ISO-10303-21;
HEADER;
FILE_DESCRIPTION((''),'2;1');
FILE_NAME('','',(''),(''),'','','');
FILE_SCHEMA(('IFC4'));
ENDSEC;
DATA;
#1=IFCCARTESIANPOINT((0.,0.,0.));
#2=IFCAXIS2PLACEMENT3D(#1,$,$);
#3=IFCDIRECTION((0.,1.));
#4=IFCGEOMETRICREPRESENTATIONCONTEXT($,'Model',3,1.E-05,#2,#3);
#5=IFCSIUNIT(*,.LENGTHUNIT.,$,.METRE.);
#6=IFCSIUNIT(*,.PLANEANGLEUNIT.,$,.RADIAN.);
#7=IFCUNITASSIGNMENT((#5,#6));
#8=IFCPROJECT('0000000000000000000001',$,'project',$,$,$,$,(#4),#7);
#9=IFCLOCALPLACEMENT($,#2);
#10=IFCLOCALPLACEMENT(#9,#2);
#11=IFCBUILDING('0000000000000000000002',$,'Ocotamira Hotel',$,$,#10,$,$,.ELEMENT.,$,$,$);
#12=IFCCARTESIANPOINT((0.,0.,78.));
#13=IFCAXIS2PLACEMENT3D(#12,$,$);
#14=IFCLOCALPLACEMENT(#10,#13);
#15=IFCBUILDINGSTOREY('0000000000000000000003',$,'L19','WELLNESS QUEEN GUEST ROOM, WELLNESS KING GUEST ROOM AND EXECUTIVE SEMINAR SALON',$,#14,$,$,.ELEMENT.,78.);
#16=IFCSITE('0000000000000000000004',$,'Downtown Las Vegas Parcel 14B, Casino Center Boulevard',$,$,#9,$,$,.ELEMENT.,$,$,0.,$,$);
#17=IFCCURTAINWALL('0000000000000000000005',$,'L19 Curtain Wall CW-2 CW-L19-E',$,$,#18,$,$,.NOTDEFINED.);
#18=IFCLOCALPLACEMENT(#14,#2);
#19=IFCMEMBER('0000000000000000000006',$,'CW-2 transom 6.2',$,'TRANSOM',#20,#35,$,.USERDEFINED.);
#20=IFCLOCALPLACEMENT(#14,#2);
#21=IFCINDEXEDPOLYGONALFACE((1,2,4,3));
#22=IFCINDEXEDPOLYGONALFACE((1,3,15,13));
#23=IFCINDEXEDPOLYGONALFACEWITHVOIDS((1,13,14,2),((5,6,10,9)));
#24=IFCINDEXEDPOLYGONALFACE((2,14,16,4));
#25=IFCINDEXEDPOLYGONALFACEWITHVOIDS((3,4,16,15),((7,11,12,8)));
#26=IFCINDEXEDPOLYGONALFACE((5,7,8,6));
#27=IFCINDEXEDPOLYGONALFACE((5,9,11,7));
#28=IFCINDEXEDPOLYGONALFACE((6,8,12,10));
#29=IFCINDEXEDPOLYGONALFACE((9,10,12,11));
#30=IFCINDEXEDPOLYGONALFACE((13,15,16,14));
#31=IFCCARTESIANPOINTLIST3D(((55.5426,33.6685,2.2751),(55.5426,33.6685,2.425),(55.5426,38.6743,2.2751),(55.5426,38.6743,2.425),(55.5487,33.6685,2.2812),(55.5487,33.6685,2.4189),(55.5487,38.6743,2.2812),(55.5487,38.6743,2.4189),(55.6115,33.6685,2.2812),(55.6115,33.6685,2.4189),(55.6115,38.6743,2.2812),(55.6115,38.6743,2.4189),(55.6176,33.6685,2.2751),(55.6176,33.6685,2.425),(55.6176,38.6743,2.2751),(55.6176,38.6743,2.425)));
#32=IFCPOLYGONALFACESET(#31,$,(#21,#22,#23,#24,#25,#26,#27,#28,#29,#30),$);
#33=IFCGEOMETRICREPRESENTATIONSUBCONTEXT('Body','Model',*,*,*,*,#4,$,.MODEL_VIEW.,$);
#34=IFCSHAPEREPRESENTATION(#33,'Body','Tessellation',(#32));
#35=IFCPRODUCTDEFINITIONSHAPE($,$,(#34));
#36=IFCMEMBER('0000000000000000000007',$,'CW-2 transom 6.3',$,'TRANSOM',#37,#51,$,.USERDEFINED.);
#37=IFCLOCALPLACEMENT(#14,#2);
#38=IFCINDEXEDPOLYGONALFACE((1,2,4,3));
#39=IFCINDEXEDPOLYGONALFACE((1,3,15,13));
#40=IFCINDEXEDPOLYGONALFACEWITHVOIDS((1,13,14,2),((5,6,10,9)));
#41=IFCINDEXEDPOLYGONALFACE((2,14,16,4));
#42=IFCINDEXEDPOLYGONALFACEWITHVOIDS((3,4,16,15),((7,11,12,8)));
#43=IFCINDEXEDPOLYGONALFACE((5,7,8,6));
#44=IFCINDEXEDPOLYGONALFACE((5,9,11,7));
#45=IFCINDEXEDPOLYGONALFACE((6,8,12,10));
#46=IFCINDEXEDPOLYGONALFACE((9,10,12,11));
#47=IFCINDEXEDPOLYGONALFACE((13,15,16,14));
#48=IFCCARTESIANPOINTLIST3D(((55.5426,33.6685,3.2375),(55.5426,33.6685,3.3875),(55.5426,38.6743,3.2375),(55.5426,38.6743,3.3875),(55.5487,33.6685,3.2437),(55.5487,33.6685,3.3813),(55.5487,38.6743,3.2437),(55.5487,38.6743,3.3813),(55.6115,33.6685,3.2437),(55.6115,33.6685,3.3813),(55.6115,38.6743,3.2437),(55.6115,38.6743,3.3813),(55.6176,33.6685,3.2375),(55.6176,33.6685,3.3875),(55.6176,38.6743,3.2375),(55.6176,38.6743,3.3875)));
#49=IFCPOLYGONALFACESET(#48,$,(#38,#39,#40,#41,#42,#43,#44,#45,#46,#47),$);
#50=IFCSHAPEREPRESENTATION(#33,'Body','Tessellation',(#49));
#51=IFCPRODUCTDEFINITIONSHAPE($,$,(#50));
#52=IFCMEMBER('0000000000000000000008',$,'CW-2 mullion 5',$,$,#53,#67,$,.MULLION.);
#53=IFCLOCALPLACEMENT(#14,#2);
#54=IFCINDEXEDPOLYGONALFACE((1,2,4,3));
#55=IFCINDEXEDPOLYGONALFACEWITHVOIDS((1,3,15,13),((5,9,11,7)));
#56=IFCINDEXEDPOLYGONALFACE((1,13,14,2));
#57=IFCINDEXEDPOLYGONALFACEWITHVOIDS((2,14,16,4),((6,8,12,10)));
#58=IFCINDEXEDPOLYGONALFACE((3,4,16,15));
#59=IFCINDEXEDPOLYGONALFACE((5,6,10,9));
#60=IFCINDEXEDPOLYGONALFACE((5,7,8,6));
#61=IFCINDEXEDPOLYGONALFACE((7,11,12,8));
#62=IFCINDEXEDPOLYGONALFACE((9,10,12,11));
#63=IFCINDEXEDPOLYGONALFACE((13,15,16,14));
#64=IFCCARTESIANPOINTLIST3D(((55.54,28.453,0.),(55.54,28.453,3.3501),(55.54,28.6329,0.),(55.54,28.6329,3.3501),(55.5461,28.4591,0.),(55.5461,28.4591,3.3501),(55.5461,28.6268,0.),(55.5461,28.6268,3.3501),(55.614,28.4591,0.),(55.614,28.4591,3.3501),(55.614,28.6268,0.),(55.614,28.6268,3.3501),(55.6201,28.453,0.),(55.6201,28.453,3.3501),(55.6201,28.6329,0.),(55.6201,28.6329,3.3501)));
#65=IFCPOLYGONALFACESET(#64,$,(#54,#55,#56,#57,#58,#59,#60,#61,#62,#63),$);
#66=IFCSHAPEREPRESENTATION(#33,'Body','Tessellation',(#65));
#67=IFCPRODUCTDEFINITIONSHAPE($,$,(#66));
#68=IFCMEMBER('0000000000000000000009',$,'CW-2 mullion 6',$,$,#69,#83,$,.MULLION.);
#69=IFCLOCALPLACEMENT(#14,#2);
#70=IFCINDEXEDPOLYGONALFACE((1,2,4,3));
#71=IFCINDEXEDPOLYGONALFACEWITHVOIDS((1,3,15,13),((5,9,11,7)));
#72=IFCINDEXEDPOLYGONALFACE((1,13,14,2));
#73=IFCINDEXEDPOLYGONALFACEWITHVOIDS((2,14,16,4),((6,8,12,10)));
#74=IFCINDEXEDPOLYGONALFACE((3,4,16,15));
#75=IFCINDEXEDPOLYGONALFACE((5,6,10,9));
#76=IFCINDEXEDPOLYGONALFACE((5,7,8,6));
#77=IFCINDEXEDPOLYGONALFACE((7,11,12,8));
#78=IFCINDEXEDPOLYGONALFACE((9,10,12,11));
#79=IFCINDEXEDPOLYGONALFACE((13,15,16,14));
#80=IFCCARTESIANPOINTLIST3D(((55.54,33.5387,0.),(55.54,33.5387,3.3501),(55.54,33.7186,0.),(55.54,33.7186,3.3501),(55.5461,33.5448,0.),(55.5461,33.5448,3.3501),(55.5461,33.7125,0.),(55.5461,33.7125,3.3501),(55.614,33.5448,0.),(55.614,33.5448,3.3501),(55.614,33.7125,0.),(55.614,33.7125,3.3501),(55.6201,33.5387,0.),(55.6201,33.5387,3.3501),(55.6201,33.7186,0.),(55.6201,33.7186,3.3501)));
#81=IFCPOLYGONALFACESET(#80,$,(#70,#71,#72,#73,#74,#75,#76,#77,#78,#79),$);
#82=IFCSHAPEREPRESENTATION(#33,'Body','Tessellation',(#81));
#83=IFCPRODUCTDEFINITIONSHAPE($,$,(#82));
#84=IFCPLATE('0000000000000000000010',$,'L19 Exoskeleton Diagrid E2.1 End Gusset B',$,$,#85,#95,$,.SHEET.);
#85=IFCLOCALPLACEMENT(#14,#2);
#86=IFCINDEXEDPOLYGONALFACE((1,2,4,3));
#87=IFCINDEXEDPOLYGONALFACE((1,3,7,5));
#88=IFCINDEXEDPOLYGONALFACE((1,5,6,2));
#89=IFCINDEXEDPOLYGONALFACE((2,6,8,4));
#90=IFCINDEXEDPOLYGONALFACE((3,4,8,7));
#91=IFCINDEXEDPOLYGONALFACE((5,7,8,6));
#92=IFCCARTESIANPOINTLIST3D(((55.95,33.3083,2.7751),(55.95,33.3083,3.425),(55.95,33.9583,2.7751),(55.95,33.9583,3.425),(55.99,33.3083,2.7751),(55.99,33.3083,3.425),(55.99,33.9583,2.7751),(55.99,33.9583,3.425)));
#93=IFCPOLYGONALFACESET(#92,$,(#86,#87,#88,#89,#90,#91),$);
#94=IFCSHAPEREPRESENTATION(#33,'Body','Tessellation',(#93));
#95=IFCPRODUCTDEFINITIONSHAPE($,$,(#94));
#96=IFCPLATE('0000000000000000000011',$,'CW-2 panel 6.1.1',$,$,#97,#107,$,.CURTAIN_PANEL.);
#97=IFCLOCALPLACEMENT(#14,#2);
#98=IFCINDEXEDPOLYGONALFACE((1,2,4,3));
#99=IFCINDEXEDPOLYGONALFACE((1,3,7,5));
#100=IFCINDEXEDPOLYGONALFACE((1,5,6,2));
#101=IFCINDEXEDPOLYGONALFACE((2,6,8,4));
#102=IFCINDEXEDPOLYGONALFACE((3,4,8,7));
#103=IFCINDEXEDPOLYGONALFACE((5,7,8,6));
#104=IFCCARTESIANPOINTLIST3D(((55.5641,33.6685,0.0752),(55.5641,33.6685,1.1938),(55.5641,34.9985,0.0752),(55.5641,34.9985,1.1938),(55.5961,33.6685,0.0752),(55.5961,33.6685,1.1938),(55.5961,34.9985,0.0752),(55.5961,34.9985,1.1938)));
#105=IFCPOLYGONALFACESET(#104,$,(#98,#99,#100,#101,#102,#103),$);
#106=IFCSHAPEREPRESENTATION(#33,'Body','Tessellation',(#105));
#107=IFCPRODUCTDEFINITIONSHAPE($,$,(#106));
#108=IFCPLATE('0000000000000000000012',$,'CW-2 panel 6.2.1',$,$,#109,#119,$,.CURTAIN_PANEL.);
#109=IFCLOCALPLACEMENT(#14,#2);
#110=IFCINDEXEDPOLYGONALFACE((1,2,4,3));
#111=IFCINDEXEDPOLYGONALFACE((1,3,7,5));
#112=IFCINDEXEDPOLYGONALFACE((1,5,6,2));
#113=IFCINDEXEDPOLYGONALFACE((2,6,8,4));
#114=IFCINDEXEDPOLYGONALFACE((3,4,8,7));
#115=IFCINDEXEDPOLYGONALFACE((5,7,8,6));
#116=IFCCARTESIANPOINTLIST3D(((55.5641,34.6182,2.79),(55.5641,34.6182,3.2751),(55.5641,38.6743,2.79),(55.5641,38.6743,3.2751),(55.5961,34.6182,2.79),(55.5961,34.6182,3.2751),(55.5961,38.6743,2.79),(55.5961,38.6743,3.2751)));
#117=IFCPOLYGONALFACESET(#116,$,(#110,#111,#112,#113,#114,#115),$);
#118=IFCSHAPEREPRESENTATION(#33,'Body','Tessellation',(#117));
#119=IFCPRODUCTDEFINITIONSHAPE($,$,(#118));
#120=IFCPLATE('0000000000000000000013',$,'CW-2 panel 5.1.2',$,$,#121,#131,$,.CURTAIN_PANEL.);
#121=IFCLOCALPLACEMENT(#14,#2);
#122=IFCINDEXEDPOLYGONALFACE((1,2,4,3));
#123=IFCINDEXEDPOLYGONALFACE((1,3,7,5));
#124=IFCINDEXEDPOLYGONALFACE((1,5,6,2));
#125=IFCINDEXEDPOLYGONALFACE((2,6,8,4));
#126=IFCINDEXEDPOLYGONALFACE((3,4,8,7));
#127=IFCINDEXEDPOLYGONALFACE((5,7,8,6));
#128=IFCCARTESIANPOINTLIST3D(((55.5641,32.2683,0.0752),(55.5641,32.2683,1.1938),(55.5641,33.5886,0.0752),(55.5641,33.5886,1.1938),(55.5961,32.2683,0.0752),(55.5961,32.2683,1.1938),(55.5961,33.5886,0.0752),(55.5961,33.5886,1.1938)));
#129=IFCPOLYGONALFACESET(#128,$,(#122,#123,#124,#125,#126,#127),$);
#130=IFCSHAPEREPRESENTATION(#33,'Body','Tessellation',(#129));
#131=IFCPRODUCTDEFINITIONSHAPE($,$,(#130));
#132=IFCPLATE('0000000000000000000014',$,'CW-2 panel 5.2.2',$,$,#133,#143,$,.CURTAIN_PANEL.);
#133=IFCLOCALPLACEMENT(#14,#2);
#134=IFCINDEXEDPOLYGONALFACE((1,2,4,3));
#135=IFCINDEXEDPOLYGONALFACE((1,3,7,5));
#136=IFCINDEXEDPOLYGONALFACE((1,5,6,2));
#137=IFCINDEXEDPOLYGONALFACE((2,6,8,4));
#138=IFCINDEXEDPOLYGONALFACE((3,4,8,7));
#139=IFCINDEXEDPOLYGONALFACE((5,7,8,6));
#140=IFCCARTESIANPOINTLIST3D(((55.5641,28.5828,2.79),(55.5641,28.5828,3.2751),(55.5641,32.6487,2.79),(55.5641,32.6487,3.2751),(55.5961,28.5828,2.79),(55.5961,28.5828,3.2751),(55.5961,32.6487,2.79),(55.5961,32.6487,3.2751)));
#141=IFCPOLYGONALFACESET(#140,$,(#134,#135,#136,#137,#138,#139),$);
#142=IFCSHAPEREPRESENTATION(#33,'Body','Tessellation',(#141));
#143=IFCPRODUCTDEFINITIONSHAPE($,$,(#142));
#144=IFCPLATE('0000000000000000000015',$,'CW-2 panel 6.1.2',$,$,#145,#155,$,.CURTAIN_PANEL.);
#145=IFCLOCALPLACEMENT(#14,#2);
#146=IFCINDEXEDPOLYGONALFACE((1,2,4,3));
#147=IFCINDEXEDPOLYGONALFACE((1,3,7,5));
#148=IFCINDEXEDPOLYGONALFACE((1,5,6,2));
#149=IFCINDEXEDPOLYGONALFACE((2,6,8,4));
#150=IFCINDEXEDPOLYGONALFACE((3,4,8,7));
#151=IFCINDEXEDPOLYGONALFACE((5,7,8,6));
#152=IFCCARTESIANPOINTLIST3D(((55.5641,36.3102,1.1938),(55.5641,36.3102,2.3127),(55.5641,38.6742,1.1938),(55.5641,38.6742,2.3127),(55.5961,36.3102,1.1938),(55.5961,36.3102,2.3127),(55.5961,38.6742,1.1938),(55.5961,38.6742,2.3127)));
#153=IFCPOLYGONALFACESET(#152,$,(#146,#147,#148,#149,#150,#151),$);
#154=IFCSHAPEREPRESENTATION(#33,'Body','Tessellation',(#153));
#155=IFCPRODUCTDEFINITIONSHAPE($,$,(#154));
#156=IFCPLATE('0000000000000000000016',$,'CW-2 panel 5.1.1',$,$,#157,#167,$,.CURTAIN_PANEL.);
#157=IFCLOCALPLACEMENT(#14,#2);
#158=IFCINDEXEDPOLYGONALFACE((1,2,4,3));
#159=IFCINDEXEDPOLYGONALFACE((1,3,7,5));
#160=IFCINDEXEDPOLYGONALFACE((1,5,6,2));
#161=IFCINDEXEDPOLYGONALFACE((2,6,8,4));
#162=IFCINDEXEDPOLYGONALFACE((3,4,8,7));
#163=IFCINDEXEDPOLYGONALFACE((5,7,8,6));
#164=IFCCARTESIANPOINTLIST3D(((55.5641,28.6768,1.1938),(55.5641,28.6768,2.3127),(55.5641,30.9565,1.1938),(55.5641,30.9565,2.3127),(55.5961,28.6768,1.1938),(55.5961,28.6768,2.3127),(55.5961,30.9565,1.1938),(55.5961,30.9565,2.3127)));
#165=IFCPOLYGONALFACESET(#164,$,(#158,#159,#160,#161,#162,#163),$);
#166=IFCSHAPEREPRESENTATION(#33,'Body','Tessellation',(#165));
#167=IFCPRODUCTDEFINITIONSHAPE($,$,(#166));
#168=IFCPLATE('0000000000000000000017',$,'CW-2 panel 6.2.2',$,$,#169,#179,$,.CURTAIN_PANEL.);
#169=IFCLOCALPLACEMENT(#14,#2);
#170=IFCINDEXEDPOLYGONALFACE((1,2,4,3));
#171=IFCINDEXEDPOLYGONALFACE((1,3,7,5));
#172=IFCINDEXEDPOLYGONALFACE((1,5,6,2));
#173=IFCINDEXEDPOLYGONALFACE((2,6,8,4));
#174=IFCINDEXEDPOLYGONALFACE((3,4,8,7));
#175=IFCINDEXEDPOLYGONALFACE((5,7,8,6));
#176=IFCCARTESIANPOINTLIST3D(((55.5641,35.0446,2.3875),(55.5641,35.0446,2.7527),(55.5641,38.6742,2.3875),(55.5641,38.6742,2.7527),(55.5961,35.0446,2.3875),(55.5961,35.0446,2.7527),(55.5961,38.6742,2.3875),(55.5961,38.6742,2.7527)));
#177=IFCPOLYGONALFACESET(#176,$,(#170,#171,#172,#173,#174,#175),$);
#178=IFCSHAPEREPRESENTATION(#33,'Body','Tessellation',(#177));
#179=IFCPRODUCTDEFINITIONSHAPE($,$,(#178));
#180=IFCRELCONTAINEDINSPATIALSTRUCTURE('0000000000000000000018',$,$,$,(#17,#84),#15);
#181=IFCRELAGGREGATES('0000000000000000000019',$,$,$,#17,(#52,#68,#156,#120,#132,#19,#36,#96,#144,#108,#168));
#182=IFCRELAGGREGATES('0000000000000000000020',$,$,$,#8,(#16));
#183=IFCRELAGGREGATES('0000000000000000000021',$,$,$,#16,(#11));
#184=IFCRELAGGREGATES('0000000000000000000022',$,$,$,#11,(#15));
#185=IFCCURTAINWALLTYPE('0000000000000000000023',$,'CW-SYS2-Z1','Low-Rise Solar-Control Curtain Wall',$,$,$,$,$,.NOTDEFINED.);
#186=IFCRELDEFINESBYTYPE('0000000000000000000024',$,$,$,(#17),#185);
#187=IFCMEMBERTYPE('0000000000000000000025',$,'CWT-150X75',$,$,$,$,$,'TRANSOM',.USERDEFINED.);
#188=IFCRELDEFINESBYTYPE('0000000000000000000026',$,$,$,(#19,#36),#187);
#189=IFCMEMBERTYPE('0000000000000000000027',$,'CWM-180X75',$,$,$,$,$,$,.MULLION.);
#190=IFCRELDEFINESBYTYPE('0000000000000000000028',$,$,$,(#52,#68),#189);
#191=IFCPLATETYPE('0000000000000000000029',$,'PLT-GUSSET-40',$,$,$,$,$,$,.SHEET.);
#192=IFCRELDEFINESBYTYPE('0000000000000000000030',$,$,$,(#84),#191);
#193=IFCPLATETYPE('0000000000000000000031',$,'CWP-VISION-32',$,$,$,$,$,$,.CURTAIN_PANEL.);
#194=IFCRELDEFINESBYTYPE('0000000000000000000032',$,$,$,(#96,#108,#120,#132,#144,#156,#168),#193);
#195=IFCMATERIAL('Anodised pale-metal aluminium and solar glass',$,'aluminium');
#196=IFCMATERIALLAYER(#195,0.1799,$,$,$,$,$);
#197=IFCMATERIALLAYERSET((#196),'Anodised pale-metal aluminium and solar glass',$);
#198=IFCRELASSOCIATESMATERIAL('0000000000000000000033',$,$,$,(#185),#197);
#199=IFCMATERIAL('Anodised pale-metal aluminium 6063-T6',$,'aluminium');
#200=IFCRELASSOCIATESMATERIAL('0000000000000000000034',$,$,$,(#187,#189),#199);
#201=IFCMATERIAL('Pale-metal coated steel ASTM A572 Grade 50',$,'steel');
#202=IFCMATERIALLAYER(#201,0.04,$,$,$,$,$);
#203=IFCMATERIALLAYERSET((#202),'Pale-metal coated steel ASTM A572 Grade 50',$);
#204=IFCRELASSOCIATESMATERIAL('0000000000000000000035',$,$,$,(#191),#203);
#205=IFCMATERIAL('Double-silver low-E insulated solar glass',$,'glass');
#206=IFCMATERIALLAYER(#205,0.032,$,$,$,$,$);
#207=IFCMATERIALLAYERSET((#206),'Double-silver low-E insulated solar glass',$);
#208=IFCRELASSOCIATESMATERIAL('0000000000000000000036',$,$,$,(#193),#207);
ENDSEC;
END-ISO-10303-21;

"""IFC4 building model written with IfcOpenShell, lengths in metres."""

from ifc_helpers import new_model, si_unit, direction, frame, origin, origin_2d, place, context, subcontext, project, spatial, rectangle, hollow_rectangle, extrude, source, transform, mapped, material, layer, layer_set, material_profile, profile_set, type_object, element, aggregate, save


model = new_model("IFC4")

# Units and contexts
model_context = context("Model", 3, precision=1e-05, world=origin(), true_north=direction((0.0, 1.0)))
body_context = subcontext(model_context, "Body", "Model", "MODEL_VIEW")
ifc_project = project(units=[si_unit("LENGTHUNIT", "METRE"), si_unit("PLANEANGLEUNIT", "RADIAN")], contexts=[model_context])

# Site, building, storey
site_placement = place(None, origin())
site = spatial("IfcSite", under=ifc_project, at=site_placement, Name="Downtown Las Vegas Parcel 14B, Casino Center Boulevard", CompositionType="ELEMENT", RefElevation=0.0)
building_placement = place(site_placement, origin())
building = spatial("IfcBuilding", under=site, at=building_placement, Name="Ocotamira Hotel", CompositionType="ELEMENT")
storey_placement = place(building_placement, frame((0.0, 0.0, 78.0)))
storey = spatial("IfcBuildingStorey", under=building, at=storey_placement, Name="L19", Description="WELLNESS QUEEN GUEST ROOM, WELLNESS KING GUEST ROOM AND EXECUTIVE SEMINAR SALON", CompositionType="ELEMENT", Elevation=78.0)

# Curtain wall, members
ifc_material_1 = material(Name="Anodised pale-metal aluminium and solar glass", Category="aluminium")
ifc_layer_1 = layer(ifc_material_1, 0.1799)
ifc_layer_set_1 = layer_set([ifc_layer_1], Name="Anodised pale-metal aluminium and solar glass")
curtain_wall_type = type_object("IfcCurtainWallType", Name="CW-SYS2-Z1", Description="Low-Rise Solar-Control Curtain Wall", PredefinedType="NOTDEFINED", material=ifc_layer_set_1)
curtain_wall_placement = place(storey_placement, origin())
curtain_wall = element("IfcCurtainWall", 1, at=curtain_wall_placement, inside=storey, type_object=curtain_wall_type, Name="L19 Curtain Wall CW-2 CW-L19-E", PredefinedType="NOTDEFINED")
ifc_material_2 = material(Name="Anodised pale-metal aluminium 6063-T6", Category="aluminium")
ifc_material_profile_1 = material_profile(ifc_material_2, hollow_rectangle(XDim=0.075, YDim=0.1499, WallThickness=0.0061, at=origin_2d()), Name="HSS150X75X6")
ifc_profile_set_1 = profile_set([ifc_material_profile_1], Name="Anodised pale-metal aluminium 6063-T6")
member_type_1 = type_object("IfcMemberType", Name="CWT-150X75", ElementType="TRANSOM", PredefinedType="USERDEFINED", material=ifc_profile_set_1)
shared_shape_1 = source(origin(), body_context, "Body", "SweptSolid", [
    extrude(hollow_rectangle(XDim=0.075, YDim=0.1499, WallThickness=0.0061, at=origin_2d()), origin(), (0.0, 0.0, 1.0), 5.0059),
])
member_1_placement = place(storey_placement, frame((55.5801, 33.6685, 2.3501), z_axis=(0.0, 1.0, 0.0), x_axis=(-1.0, 0.0, 0.0)))
member_1 = element("IfcMember", 2, at=member_1_placement, type_object=member_type_1, Name="CW-2 transom 6.2", ObjectType="TRANSOM", PredefinedType="USERDEFINED", context=body_context, shape_type="MappedRepresentation", body=[
    mapped(shared_shape_1, transform((0.0, 0.0, 0.0), scale=1.0)),
])
member_2_placement = place(storey_placement, frame((55.5801, 33.6685, 3.3125), z_axis=(0.0, 1.0, 0.0), x_axis=(-1.0, 0.0, 0.0)))
member_2 = element("IfcMember", 3, at=member_2_placement, type_object=member_type_1, Name="CW-2 transom 6.3", ObjectType="TRANSOM", PredefinedType="USERDEFINED", context=body_context, shape_type="MappedRepresentation", body=[
    mapped(shared_shape_1, transform((0.0, 0.0, 0.0), scale=1.0)),
])
ifc_material_profile_2 = material_profile(ifc_material_2, hollow_rectangle(XDim=0.0801, YDim=0.1799, WallThickness=0.0061, at=origin_2d()), Name="HSS180X80X6")
ifc_profile_set_2 = profile_set([ifc_material_profile_2], Name="Anodised pale-metal aluminium 6063-T6")
member_type_2 = type_object("IfcMemberType", Name="CWM-180X75", PredefinedType="MULLION", material=ifc_profile_set_2)
shared_shape_2 = source(origin(), body_context, "Body", "SweptSolid", [
    extrude(hollow_rectangle(XDim=0.0801, YDim=0.1799, WallThickness=0.0061, at=origin_2d()), origin(), (0.0, 0.0, 1.0), 3.3501),
])
member_3_placement = place(storey_placement, frame((55.5801, 28.543, 0.0), z_axis=(0.0, 0.0, 1.0), x_axis=(-1.0, 0.0, 0.0)))
member_3 = element("IfcMember", 4, at=member_3_placement, type_object=member_type_2, Name="CW-2 mullion 5", PredefinedType="MULLION", context=body_context, shape_type="MappedRepresentation", body=[
    mapped(shared_shape_2, transform((0.0, 0.0, 0.0), scale=1.0)),
])
member_4_placement = place(storey_placement, frame((55.5801, 33.6287, 0.0), z_axis=(0.0, 0.0, 1.0), x_axis=(-1.0, 0.0, 0.0)))
member_4 = element("IfcMember", 5, at=member_4_placement, type_object=member_type_2, Name="CW-2 mullion 6", PredefinedType="MULLION", context=body_context, shape_type="MappedRepresentation", body=[
    mapped(shared_shape_2, transform((0.0, 0.0, 0.0), scale=1.0)),
])

# Plates
ifc_material_3 = material(Name="Pale-metal coated steel ASTM A572 Grade 50", Category="steel")
ifc_layer_2 = layer(ifc_material_3, 0.04)
ifc_layer_set_2 = layer_set([ifc_layer_2], Name="Pale-metal coated steel ASTM A572 Grade 50")
plate_type_1 = type_object("IfcPlateType", Name="PLT-GUSSET-40", PredefinedType="SHEET", material=ifc_layer_set_2)
shared_shape_3 = source(origin(), body_context, "Body", "SweptSolid", [
    extrude(rectangle(XDim=0.04, YDim=0.6499, at=origin_2d()), origin(), (0.0, 0.0, 1.0), 0.6499),
])
plate_1_placement = place(storey_placement, frame((55.97, 33.6333, 2.7751), z_axis=(0.0, 0.0, 1.0), x_axis=(1.0, 0.0, 0.0)))
element("IfcPlate", 6, at=plate_1_placement, inside=storey, type_object=plate_type_1, Name="L19 Exoskeleton Diagrid E2.1 End Gusset B", PredefinedType="SHEET", context=body_context, shape_type="MappedRepresentation", body=[
    mapped(shared_shape_3, transform((0.0, 0.0, 0.0), scale=1.0)),
])
ifc_material_4 = material(Name="Double-silver low-E insulated solar glass", Category="glass")
ifc_layer_3 = layer(ifc_material_4, 0.032)
ifc_layer_set_3 = layer_set([ifc_layer_3], Name="Double-silver low-E insulated solar glass")
plate_type_2 = type_object("IfcPlateType", Name="CWP-VISION-32", PredefinedType="CURTAIN_PANEL", material=ifc_layer_set_3)
shared_shape_4 = source(origin(), body_context, "Body", "SweptSolid", [
    extrude(rectangle(XDim=1.3301, YDim=0.032, at=origin_2d()), origin(), (0.0, 0.0, 1.0), 1.1187),
])
plate_2_placement = place(storey_placement, frame((55.5801, 34.3335, 0.0752), z_axis=(0.0, 0.0, 1.0), x_axis=(0.0, 1.0, 0.0)))
plate_2 = element("IfcPlate", 7, at=plate_2_placement, type_object=plate_type_2, Name="CW-2 panel 6.1.1", PredefinedType="CURTAIN_PANEL", context=body_context, shape_type="MappedRepresentation", body=[
    mapped(shared_shape_4, transform((0.0, 0.0, 0.0), scale=1.0)),
])
shared_shape_5 = source(origin(), body_context, "Body", "SweptSolid", [
    extrude(rectangle(XDim=4.0562, YDim=0.032, at=origin_2d()), origin(), (0.0, 0.0, 1.0), 0.4851),
])
plate_3_placement = place(storey_placement, frame((55.5801, 36.6462, 2.79), z_axis=(0.0, 0.0, 1.0), x_axis=(0.0, 1.0, 0.0)))
plate_3 = element("IfcPlate", 8, at=plate_3_placement, type_object=plate_type_2, Name="CW-2 panel 6.2.1", PredefinedType="CURTAIN_PANEL", context=body_context, shape_type="MappedRepresentation", body=[
    mapped(shared_shape_5, transform((0.0, 0.0, 0.0), scale=1.0)),
])
shared_shape_6 = source(origin(), body_context, "Body", "SweptSolid", [
    extrude(rectangle(XDim=1.3203, YDim=0.032, at=origin_2d()), origin(), (0.0, 0.0, 1.0), 1.1187),
])
plate_4_placement = place(storey_placement, frame((55.5801, 32.9285, 0.0752), z_axis=(0.0, 0.0, 1.0), x_axis=(0.0, 1.0, 0.0)))
plate_4 = element("IfcPlate", 9, at=plate_4_placement, type_object=plate_type_2, Name="CW-2 panel 5.1.2", PredefinedType="CURTAIN_PANEL", context=body_context, shape_type="MappedRepresentation", body=[
    mapped(shared_shape_6, transform((0.0, 0.0, 0.0), scale=1.0)),
])
shared_shape_7 = source(origin(), body_context, "Body", "SweptSolid", [
    extrude(rectangle(XDim=4.0659, YDim=0.032, at=origin_2d()), origin(), (0.0, 0.0, 1.0), 0.4851),
])
plate_5_placement = place(storey_placement, frame((55.5801, 30.6157, 2.79), z_axis=(0.0, 0.0, 1.0), x_axis=(0.0, 1.0, 0.0)))
plate_5 = element("IfcPlate", 10, at=plate_5_placement, type_object=plate_type_2, Name="CW-2 panel 5.2.2", PredefinedType="CURTAIN_PANEL", context=body_context, shape_type="MappedRepresentation", body=[
    mapped(shared_shape_7, transform((0.0, 0.0, 0.0), scale=1.0)),
])
shared_shape_8 = source(origin(), body_context, "Body", "SweptSolid", [
    extrude(rectangle(XDim=2.364, YDim=0.032, at=origin_2d()), origin(), (0.0, 0.0, 1.0), 1.1189),
])
plate_6_placement = place(storey_placement, frame((55.5801, 37.4922, 1.1938), z_axis=(0.0, 0.0, 1.0), x_axis=(0.0, 1.0, 0.0)))
plate_6 = element("IfcPlate", 11, at=plate_6_placement, type_object=plate_type_2, Name="CW-2 panel 6.1.2", PredefinedType="CURTAIN_PANEL", context=body_context, shape_type="MappedRepresentation", body=[
    mapped(shared_shape_8, transform((0.0, 0.0, 0.0), scale=1.0)),
])
shared_shape_9 = source(origin(), body_context, "Body", "SweptSolid", [
    extrude(rectangle(XDim=2.2798, YDim=0.032, at=origin_2d()), origin(), (0.0, 0.0, 1.0), 1.1189),
])
plate_7_placement = place(storey_placement, frame((55.5801, 29.8167, 1.1938), z_axis=(0.0, 0.0, 1.0), x_axis=(0.0, 1.0, 0.0)))
plate_7 = element("IfcPlate", 12, at=plate_7_placement, type_object=plate_type_2, Name="CW-2 panel 5.1.1", PredefinedType="CURTAIN_PANEL", context=body_context, shape_type="MappedRepresentation", body=[
    mapped(shared_shape_9, transform((0.0, 0.0, 0.0), scale=1.0)),
])
shared_shape_10 = source(origin(), body_context, "Body", "SweptSolid", [
    extrude(rectangle(XDim=3.6296, YDim=0.032, at=origin_2d()), origin(), (0.0, 0.0, 1.0), 0.3652),
])
plate_8_placement = place(storey_placement, frame((55.5801, 36.8594, 2.3875), z_axis=(0.0, 0.0, 1.0), x_axis=(0.0, 1.0, 0.0)))
plate_8 = element("IfcPlate", 13, at=plate_8_placement, type_object=plate_type_2, Name="CW-2 panel 6.2.2", PredefinedType="CURTAIN_PANEL", context=body_context, shape_type="MappedRepresentation", body=[
    mapped(shared_shape_10, transform((0.0, 0.0, 0.0), scale=1.0)),
])
aggregate(curtain_wall, [member_3, member_4, plate_7, plate_4, plate_5, member_1, member_2, plate_2, plate_6, plate_3, plate_8])

save(model, "model.ifc")
